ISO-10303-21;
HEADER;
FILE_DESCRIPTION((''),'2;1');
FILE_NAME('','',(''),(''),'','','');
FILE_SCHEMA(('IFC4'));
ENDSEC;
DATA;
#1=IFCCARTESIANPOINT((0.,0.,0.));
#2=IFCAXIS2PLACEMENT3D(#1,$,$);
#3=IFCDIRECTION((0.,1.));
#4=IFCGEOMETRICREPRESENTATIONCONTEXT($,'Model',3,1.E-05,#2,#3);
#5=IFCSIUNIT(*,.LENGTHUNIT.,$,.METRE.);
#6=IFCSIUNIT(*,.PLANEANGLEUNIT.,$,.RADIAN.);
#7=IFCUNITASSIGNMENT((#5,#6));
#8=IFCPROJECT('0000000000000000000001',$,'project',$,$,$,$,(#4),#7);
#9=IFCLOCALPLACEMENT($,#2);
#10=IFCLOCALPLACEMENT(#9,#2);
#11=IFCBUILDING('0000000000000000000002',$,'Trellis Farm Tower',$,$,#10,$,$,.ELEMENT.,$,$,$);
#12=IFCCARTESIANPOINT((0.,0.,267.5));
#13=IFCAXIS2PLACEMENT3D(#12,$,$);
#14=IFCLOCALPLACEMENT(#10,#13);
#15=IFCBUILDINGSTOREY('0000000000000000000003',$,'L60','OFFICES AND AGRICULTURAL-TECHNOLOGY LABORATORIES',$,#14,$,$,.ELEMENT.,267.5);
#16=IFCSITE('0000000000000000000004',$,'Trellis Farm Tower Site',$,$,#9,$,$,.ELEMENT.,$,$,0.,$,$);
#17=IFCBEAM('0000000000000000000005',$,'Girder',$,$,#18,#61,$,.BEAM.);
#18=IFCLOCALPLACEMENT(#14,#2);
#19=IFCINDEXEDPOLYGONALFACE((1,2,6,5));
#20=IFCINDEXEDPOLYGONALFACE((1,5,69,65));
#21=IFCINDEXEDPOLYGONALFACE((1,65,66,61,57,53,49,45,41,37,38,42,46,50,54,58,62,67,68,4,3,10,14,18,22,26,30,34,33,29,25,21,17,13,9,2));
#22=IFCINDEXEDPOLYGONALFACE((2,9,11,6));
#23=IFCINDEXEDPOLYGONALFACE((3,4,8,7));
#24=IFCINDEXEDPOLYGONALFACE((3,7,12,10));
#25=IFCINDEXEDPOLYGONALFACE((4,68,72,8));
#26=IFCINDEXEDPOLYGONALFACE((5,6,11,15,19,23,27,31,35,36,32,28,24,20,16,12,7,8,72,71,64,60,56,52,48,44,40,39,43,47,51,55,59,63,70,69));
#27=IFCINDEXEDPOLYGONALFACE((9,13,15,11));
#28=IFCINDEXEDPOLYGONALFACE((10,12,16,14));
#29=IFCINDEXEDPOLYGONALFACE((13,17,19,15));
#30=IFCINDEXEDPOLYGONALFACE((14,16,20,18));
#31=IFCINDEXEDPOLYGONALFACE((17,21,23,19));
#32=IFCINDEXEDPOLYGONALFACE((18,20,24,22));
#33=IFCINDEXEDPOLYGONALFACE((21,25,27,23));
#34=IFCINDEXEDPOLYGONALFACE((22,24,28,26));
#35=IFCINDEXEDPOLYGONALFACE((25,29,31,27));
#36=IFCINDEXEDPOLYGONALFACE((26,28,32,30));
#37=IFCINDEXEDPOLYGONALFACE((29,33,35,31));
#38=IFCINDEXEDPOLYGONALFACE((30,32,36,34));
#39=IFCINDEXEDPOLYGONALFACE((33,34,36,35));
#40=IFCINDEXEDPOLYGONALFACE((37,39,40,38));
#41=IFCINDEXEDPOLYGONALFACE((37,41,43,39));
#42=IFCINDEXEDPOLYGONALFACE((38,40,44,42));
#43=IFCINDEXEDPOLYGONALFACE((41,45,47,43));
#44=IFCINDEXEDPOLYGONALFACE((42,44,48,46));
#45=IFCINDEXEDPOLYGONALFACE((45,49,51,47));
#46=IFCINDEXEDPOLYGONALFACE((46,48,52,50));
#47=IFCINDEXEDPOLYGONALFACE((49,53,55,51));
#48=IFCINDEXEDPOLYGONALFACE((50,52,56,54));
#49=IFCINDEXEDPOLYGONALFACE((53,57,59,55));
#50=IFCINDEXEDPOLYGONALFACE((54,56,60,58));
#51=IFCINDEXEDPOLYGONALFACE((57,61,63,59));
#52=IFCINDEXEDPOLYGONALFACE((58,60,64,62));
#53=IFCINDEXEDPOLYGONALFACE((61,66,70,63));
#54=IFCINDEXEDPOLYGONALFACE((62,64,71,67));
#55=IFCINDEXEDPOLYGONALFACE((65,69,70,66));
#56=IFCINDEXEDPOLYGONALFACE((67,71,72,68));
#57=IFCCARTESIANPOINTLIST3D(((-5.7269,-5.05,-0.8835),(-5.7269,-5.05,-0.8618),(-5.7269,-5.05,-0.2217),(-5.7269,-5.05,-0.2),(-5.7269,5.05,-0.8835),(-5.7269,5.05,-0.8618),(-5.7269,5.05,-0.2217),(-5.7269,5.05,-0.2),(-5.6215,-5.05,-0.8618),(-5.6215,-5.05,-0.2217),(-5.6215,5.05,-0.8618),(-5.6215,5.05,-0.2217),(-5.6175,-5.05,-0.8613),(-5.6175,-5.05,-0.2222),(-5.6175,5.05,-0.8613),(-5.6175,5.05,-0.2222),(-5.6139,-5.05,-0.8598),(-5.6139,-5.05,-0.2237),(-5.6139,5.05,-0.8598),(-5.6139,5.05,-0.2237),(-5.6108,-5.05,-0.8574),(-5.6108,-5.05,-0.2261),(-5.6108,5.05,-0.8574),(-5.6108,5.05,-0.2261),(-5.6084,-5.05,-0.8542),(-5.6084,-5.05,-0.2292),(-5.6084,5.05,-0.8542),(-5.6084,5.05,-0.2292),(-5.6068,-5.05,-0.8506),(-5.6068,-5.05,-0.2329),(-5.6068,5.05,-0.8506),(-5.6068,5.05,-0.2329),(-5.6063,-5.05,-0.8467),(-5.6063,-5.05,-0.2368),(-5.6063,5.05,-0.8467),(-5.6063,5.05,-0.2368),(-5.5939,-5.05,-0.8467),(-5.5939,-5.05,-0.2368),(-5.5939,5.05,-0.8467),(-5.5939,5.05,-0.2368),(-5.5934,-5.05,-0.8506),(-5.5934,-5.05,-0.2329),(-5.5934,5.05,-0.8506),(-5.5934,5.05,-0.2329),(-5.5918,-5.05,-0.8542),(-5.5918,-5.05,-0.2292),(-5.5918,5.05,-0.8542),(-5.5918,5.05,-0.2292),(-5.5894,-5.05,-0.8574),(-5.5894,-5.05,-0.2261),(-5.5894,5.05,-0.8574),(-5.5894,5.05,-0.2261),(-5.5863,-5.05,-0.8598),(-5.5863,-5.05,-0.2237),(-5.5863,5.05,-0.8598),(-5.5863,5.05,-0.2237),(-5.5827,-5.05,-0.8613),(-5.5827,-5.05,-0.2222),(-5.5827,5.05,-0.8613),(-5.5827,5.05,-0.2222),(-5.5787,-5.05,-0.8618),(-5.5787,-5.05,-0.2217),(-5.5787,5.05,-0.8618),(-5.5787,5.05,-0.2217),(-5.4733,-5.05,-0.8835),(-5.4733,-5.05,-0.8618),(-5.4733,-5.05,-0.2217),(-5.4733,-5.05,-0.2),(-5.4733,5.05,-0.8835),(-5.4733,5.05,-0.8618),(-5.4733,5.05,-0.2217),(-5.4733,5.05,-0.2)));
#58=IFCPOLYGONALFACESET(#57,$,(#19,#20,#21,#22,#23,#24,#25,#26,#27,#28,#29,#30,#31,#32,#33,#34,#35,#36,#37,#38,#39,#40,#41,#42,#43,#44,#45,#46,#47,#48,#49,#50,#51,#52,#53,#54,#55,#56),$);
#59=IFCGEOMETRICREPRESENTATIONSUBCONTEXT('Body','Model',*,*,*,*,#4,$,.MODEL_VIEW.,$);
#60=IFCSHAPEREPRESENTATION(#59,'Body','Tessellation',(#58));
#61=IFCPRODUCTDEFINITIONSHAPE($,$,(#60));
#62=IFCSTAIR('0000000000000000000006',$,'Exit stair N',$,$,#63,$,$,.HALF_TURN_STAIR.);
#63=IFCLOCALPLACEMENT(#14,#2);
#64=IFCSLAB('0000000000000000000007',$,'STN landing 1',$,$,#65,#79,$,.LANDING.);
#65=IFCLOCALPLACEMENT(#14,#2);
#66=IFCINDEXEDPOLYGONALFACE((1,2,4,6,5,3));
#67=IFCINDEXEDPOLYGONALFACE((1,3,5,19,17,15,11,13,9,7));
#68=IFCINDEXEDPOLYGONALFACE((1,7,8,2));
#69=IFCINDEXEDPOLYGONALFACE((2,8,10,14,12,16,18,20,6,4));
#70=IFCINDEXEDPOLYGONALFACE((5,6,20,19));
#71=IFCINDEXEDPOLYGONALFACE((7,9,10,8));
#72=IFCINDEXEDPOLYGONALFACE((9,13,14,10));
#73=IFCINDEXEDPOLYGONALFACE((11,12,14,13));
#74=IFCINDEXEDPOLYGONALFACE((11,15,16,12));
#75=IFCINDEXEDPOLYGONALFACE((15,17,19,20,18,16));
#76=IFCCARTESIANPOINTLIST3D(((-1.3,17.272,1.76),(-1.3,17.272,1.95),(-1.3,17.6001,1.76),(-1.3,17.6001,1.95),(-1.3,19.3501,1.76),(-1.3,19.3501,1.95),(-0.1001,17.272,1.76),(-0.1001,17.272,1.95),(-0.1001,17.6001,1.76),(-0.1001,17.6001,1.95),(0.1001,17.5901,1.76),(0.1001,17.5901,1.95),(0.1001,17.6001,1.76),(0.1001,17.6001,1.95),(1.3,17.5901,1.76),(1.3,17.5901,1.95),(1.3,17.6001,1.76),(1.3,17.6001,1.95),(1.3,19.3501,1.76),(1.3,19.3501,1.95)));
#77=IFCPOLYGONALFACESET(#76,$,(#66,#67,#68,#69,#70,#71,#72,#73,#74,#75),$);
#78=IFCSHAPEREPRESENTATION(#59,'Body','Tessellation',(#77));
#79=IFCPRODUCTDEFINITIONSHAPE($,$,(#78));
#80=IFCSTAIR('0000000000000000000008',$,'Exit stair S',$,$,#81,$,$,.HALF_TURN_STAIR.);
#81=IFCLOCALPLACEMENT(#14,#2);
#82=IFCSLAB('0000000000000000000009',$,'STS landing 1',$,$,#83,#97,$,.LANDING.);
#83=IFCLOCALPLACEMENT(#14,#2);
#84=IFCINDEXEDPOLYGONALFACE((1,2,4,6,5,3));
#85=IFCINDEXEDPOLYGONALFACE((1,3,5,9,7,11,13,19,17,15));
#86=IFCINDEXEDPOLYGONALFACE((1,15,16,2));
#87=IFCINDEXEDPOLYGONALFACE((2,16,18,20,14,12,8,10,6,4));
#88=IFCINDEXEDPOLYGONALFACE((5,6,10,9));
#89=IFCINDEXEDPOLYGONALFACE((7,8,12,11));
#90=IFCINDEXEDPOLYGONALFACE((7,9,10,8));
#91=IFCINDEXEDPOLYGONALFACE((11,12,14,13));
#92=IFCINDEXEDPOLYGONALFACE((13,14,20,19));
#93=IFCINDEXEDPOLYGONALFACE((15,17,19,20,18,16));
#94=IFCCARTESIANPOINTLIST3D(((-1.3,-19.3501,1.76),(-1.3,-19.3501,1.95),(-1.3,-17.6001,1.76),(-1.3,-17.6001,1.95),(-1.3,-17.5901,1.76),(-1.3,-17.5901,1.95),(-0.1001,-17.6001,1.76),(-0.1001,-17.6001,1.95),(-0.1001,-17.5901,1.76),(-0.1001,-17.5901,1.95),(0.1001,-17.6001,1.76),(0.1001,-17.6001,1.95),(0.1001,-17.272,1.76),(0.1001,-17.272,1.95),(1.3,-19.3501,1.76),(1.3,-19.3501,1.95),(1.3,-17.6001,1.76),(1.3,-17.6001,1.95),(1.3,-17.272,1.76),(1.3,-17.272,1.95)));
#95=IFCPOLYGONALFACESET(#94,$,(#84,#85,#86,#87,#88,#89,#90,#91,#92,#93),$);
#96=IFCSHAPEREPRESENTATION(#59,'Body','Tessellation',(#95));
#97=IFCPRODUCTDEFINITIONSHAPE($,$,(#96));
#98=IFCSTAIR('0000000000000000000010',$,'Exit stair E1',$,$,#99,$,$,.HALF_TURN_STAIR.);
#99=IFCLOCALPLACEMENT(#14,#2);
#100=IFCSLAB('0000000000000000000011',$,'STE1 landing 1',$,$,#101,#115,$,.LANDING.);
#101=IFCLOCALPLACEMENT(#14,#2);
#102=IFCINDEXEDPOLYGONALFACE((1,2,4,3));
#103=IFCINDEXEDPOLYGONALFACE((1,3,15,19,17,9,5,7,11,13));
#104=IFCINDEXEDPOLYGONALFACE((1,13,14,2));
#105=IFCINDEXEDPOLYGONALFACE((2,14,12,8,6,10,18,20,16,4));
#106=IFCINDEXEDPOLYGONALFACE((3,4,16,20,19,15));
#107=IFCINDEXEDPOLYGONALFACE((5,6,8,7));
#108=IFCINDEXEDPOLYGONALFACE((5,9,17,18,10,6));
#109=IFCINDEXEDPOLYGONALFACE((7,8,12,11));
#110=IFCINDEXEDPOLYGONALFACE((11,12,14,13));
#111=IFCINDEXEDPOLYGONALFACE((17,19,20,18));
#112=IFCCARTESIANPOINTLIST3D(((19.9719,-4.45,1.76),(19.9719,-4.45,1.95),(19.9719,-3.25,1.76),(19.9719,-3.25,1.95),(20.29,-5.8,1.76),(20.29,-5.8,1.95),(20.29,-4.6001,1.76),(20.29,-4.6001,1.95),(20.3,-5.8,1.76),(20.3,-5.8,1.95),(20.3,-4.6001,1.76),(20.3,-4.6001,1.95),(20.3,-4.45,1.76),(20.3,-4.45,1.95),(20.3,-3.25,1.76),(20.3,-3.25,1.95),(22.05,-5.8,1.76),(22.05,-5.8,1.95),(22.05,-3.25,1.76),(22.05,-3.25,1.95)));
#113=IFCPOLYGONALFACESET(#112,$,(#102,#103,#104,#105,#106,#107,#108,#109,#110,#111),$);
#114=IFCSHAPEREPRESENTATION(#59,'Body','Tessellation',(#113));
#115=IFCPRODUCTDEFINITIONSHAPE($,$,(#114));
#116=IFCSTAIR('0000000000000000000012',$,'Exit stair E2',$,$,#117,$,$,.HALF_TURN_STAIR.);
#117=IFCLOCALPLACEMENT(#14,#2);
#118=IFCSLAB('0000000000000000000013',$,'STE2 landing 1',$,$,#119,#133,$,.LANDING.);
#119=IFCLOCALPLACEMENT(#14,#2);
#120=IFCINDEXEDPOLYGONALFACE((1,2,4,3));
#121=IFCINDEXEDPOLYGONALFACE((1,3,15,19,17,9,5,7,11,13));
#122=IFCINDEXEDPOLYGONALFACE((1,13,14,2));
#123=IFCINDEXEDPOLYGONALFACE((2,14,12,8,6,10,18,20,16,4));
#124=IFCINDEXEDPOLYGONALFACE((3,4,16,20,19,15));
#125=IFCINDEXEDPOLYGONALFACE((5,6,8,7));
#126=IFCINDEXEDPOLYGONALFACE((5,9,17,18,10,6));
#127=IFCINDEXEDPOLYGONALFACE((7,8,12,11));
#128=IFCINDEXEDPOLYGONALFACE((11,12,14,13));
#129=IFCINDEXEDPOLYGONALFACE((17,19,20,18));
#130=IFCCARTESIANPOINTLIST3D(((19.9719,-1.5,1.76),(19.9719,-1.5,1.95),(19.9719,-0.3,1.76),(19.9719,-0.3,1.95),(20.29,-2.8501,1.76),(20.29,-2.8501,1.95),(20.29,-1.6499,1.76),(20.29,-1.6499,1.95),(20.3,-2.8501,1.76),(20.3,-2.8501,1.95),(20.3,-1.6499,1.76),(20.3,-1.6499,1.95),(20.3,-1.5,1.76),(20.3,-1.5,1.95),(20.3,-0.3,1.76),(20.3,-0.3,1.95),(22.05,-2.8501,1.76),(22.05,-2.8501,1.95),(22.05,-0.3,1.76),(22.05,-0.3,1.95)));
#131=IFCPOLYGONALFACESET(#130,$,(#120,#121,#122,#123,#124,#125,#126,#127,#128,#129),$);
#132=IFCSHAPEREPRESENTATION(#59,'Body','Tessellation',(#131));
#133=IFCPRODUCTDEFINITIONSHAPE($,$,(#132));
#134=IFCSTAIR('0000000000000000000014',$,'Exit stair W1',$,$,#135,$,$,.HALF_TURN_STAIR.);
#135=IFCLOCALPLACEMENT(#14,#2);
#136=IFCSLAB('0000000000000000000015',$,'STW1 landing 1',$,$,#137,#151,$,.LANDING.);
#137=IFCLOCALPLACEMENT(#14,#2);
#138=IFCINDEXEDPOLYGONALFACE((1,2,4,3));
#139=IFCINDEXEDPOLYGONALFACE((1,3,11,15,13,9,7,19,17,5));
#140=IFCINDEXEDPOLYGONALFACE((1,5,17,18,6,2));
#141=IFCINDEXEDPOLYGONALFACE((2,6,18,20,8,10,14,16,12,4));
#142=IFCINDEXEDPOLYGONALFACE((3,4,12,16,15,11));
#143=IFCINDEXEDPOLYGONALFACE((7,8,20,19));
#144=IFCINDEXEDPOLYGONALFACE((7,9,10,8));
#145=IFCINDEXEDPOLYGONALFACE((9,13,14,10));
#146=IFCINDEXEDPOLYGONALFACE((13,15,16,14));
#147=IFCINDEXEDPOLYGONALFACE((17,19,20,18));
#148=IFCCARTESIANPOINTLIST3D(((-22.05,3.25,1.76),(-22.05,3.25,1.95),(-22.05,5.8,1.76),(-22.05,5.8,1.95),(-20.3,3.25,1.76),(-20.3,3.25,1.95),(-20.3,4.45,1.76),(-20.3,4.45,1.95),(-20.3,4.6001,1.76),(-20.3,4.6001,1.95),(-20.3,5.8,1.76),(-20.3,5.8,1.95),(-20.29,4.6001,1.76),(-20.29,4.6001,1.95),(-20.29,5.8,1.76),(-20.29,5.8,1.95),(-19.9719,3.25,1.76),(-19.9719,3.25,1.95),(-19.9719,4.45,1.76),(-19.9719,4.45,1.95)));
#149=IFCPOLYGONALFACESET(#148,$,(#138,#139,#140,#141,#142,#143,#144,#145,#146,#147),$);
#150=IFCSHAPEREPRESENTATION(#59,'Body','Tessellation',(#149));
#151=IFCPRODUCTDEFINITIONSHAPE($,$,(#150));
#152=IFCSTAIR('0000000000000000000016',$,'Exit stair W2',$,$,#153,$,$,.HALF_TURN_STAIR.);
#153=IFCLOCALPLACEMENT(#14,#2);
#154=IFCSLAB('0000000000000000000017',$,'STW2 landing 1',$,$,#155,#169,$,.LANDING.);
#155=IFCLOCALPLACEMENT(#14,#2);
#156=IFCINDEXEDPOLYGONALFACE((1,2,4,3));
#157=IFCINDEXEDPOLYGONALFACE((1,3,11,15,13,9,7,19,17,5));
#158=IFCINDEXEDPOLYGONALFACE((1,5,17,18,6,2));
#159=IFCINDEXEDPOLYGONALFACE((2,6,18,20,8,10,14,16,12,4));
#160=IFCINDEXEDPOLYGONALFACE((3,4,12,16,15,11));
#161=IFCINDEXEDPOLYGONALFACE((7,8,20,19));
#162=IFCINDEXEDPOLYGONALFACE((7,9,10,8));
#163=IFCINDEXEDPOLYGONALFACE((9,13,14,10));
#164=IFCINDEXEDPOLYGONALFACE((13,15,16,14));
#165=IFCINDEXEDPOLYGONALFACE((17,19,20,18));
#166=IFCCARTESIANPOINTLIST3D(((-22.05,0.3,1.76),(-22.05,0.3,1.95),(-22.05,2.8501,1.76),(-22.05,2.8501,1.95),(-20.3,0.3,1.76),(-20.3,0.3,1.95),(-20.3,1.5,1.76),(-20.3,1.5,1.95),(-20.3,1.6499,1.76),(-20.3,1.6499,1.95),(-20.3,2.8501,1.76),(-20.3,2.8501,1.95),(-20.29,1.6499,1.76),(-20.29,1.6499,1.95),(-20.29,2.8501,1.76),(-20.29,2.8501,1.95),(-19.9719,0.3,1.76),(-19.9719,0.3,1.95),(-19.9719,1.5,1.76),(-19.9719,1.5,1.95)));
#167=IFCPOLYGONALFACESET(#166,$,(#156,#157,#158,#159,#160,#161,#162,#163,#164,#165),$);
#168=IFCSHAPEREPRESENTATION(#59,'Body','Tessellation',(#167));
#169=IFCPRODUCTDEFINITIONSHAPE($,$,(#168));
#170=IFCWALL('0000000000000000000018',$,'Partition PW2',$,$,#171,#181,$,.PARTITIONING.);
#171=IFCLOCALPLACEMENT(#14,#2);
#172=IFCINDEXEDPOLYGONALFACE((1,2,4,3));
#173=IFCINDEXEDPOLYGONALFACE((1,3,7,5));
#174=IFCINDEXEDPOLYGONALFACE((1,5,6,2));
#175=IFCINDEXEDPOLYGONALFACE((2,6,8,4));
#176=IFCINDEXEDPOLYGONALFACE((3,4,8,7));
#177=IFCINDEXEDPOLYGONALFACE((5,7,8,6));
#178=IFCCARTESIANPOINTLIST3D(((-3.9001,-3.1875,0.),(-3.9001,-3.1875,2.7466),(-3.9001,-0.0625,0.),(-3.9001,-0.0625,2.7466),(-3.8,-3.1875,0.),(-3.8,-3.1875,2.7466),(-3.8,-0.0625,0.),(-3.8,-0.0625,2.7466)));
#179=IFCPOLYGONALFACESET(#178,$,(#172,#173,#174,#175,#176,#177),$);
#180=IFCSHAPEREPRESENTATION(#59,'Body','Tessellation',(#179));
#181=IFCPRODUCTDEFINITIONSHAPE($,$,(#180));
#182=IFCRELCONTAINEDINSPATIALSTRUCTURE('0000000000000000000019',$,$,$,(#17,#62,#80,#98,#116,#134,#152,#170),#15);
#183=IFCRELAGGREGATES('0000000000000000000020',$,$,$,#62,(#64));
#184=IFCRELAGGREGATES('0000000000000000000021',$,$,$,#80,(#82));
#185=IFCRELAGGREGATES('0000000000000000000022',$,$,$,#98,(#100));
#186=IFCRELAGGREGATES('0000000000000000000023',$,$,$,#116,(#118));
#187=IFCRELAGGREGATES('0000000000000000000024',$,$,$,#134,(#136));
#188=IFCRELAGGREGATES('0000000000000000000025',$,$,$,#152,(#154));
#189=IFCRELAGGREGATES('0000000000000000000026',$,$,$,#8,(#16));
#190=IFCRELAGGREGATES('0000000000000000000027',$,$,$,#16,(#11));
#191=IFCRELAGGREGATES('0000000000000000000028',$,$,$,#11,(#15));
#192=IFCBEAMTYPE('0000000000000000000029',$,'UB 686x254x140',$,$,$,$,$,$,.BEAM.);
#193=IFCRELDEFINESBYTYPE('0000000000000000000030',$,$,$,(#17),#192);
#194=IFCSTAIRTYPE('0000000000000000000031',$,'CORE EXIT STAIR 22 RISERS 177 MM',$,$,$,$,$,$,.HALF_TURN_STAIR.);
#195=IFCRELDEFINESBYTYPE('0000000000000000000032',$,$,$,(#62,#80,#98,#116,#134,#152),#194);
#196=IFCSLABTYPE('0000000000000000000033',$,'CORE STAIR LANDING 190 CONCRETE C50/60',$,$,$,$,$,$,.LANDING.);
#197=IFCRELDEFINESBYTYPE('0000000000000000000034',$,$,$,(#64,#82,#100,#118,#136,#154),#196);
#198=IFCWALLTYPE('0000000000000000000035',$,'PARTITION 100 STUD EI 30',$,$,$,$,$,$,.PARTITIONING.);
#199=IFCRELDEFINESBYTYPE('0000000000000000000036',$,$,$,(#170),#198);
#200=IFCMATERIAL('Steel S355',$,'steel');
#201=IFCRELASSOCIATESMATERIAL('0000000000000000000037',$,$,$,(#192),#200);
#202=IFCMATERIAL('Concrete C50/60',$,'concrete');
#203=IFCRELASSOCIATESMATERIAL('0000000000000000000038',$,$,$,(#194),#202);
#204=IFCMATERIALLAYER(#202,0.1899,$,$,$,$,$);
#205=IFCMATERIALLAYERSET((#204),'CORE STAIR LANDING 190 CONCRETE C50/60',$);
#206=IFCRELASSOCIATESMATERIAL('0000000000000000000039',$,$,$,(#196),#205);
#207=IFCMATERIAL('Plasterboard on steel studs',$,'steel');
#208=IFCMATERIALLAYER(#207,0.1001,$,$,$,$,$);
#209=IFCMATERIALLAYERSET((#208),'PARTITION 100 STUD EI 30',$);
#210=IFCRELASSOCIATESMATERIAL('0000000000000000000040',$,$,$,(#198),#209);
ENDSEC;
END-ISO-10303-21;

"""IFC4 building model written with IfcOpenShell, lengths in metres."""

from ifc_helpers import new_model, si_unit, direction, frame, frame_2d, origin, origin_2d, place, context, subcontext, project, spatial, polyline, rectangle, i_section, outline, extrude, source, transform, mapped, material, layer, layer_set, material_profile, profile_set, type_object, element, aggregate, save


model = new_model("IFC4")

# Units and contexts
model_context = context("Model", 3, precision=1e-05, world=origin(), true_north=direction((0.0, 1.0)))
body_context = subcontext(model_context, "Body", "Model", "MODEL_VIEW")
ifc_project = project(units=[si_unit("LENGTHUNIT", "METRE"), si_unit("PLANEANGLEUNIT", "RADIAN")], contexts=[model_context])

# Site, building, storey
site_placement = place(None, origin())
site = spatial("IfcSite", under=ifc_project, at=site_placement, Name="Trellis Farm Tower Site", CompositionType="ELEMENT", RefElevation=0.0)
building_placement = place(site_placement, origin())
building = spatial("IfcBuilding", under=site, at=building_placement, Name="Trellis Farm Tower", CompositionType="ELEMENT")
storey_placement = place(building_placement, frame((0.0, 0.0, 267.5)))
storey = spatial("IfcBuildingStorey", under=building, at=storey_placement, Name="L60", Description="OFFICES AND AGRICULTURAL-TECHNOLOGY LABORATORIES", CompositionType="ELEMENT", Elevation=267.5)

# Beam
ifc_material_1 = material(Name="Steel S355", Category="steel")
ifc_material_profile_1 = material_profile(ifc_material_1, i_section(OverallWidth=0.2537, OverallDepth=0.6836, WebThickness=0.0125, FlangeThickness=0.0217, FilletRadius=0.0151, at=origin_2d()), Name="UB 686x254x140")
ifc_profile_set_1 = profile_set([ifc_material_profile_1], Name="Steel S355")
beam_type_1 = type_object("IfcBeamType", Name="UB 686x254x140", PredefinedType="BEAM", material=ifc_profile_set_1)
shared_shape_1 = source(origin(), body_context, "Body", "SweptSolid", [
    extrude(i_section(OverallWidth=0.2537, OverallDepth=0.6836, WebThickness=0.0125, FlangeThickness=0.0217, FilletRadius=0.0151, at=origin_2d()), origin(), (0.0, 0.0, 1.0), 10.1001),
])
for number, where, z_axis, x_axis, name in (
    (1, (-5.6001, -5.05, -0.5417), (0.0, 1.0, 0.0), (-1.0, 0.0, 0.0), "Girder"),
):
    element("IfcBeam", number, at=place(storey_placement, frame(where, z_axis=z_axis, x_axis=x_axis)), inside=storey, type_object=beam_type_1, Name=name, PredefinedType="BEAM", context=body_context, shape_type="MappedRepresentation", body=[
        mapped(shared_shape_1, transform((0.0, 0.0, 0.0))),
    ])

# Stairs, slabs
ifc_material_2 = material(Name="Concrete C50/60", Category="concrete")
stair_type = type_object("IfcStairType", Name="CORE EXIT STAIR 22 RISERS 177 MM", PredefinedType="HALF_TURN_STAIR", material=ifc_material_2)
placement_1 = place(storey_placement, origin())
stair_1 = element("IfcStair", 2, at=placement_1, inside=storey, type_object=stair_type, Name="Exit stair N", PredefinedType="HALF_TURN_STAIR")
ifc_layer_1 = layer(ifc_material_2, 0.1899)
ifc_layer_set_1 = layer_set([ifc_layer_1], Name="CORE STAIR LANDING 190 CONCRETE C50/60")
slab_type_1 = type_object("IfcSlabType", Name="CORE STAIR LANDING 190 CONCRETE C50/60", PredefinedType="LANDING", material=ifc_layer_set_1)
shared_shape_2 = source(origin(), body_context, "Body", "SweptSolid", [
    extrude(outline(polyline([(-0.1001, 17.272), (-1.3, 17.272), (-1.3, 17.6001), (-1.3, 19.3501), (1.3, 19.3501), (1.3, 17.6001), (1.3, 17.5901), (0.1001, 17.5901), (0.1001, 17.6001), (-0.1001, 17.6001), (-0.1001, 17.272)])), origin(), (0.0, 0.0, 1.0), 0.1899),
])
placement_2 = place(storey_placement, frame((0.0, 0.0, 1.76)))
slab_1 = element("IfcSlab", 3, at=placement_2, type_object=slab_type_1, Name="STN landing 1", PredefinedType="LANDING", context=body_context, shape_type="MappedRepresentation", body=[
    mapped(shared_shape_2, transform((0.0, 0.0, 0.0))),
])
aggregate(stair_1, [slab_1])
stair_2 = element("IfcStair", 4, at=placement_1, inside=storey, type_object=stair_type, Name="Exit stair S", PredefinedType="HALF_TURN_STAIR")
shared_shape_3 = source(origin(), body_context, "Body", "SweptSolid", [
    extrude(outline(polyline([(1.3, -19.3501), (-1.3, -19.3501), (-1.3, -17.6001), (-1.3, -17.5901), (-0.1001, -17.5901), (-0.1001, -17.6001), (0.1001, -17.6001), (0.1001, -17.272), (1.3, -17.272), (1.3, -17.6001), (1.3, -19.3501)])), origin(), (0.0, 0.0, 1.0), 0.1899),
])
slab_2 = element("IfcSlab", 5, at=placement_2, type_object=slab_type_1, Name="STS landing 1", PredefinedType="LANDING", context=body_context, shape_type="MappedRepresentation", body=[
    mapped(shared_shape_3, transform((0.0, 0.0, 0.0))),
])
aggregate(stair_2, [slab_2])
stair_3 = element("IfcStair", 6, at=placement_1, inside=storey, type_object=stair_type, Name="Exit stair E1", PredefinedType="HALF_TURN_STAIR")
shared_shape_4 = source(origin(), body_context, "Body", "SweptSolid", [
    extrude(outline(polyline([(20.29, -5.8), (20.29, -4.6001), (20.3, -4.6001), (20.3, -4.45), (19.9719, -4.45), (19.9719, -3.25), (20.3, -3.25), (22.05, -3.25), (22.05, -5.8), (20.3, -5.8), (20.29, -5.8)])), origin(), (0.0, 0.0, 1.0), 0.1899),
])
slab_3 = element("IfcSlab", 7, at=placement_2, type_object=slab_type_1, Name="STE1 landing 1", PredefinedType="LANDING", context=body_context, shape_type="MappedRepresentation", body=[
    mapped(shared_shape_4, transform((0.0, 0.0, 0.0))),
])
aggregate(stair_3, [slab_3])
stair_4 = element("IfcStair", 8, at=placement_1, inside=storey, type_object=stair_type, Name="Exit stair E2", PredefinedType="HALF_TURN_STAIR")
shared_shape_5 = source(origin(), body_context, "Body", "SweptSolid", [
    extrude(outline(polyline([(20.29, -2.8501), (20.29, -1.6499), (20.3, -1.6499), (20.3, -1.5), (19.9719, -1.5), (19.9719, -0.3), (20.3, -0.3), (22.05, -0.3), (22.05, -2.8501), (20.3, -2.8501), (20.29, -2.8501)])), origin(), (0.0, 0.0, 1.0), 0.1899),
])
slab_4 = element("IfcSlab", 9, at=placement_2, type_object=slab_type_1, Name="STE2 landing 1", PredefinedType="LANDING", context=body_context, shape_type="MappedRepresentation", body=[
    mapped(shared_shape_5, transform((0.0, 0.0, 0.0))),
])
aggregate(stair_4, [slab_4])
stair_5 = element("IfcStair", 10, at=placement_1, inside=storey, type_object=stair_type, Name="Exit stair W1", PredefinedType="HALF_TURN_STAIR")
shared_shape_6 = source(origin(), body_context, "Body", "SweptSolid", [
    extrude(outline(polyline([(-19.9719, 4.45), (-19.9719, 3.25), (-20.3, 3.25), (-22.05, 3.25), (-22.05, 5.8), (-20.3, 5.8), (-20.29, 5.8), (-20.29, 4.6001), (-20.3, 4.6001), (-20.3, 4.45), (-19.9719, 4.45)])), origin(), (0.0, 0.0, 1.0), 0.1899),
])
slab_5 = element("IfcSlab", 11, at=placement_2, type_object=slab_type_1, Name="STW1 landing 1", PredefinedType="LANDING", context=body_context, shape_type="MappedRepresentation", body=[
    mapped(shared_shape_6, transform((0.0, 0.0, 0.0))),
])
aggregate(stair_5, [slab_5])
stair_6 = element("IfcStair", 12, at=placement_1, inside=storey, type_object=stair_type, Name="Exit stair W2", PredefinedType="HALF_TURN_STAIR")
shared_shape_7 = source(origin(), body_context, "Body", "SweptSolid", [
    extrude(outline(polyline([(-19.9719, 1.5), (-19.9719, 0.3), (-20.3, 0.3), (-22.05, 0.3), (-22.05, 2.8501), (-20.3, 2.8501), (-20.29, 2.8501), (-20.29, 1.6499), (-20.3, 1.6499), (-20.3, 1.5), (-19.9719, 1.5)])), origin(), (0.0, 0.0, 1.0), 0.1899),
])
slab_6 = element("IfcSlab", 13, at=placement_2, type_object=slab_type_1, Name="STW2 landing 1", PredefinedType="LANDING", context=body_context, shape_type="MappedRepresentation", body=[
    mapped(shared_shape_7, transform((0.0, 0.0, 0.0))),
])
aggregate(stair_6, [slab_6])

# Wall
ifc_material_3 = material(Name="Plasterboard on steel studs", Category="steel")
ifc_layer_2 = layer(ifc_material_3, 0.1001)
ifc_layer_set_2 = layer_set([ifc_layer_2], Name="PARTITION 100 STUD EI 30")
wall_type_1 = type_object("IfcWallType", Name="PARTITION 100 STUD EI 30", PredefinedType="PARTITIONING", material=ifc_layer_set_2)
wall_1_placement = place(storey_placement, frame((-3.8501, -3.1875, 0.0), z_axis=(0.0, 0.0, 1.0), x_axis=(0.0, 1.0, 0.0)))
element("IfcWall", 14, at=wall_1_placement, inside=storey, type_object=wall_type_1, Name="Partition PW2", PredefinedType="PARTITIONING", context=body_context, shape_type="SweptSolid", body=[
    extrude(rectangle(XDim=3.125, YDim=0.1001, at=frame_2d((1.5625, 0.0))), origin(), (0.0, 0.0, 1.0), 2.7466),
])

save(model, "model.ifc")
